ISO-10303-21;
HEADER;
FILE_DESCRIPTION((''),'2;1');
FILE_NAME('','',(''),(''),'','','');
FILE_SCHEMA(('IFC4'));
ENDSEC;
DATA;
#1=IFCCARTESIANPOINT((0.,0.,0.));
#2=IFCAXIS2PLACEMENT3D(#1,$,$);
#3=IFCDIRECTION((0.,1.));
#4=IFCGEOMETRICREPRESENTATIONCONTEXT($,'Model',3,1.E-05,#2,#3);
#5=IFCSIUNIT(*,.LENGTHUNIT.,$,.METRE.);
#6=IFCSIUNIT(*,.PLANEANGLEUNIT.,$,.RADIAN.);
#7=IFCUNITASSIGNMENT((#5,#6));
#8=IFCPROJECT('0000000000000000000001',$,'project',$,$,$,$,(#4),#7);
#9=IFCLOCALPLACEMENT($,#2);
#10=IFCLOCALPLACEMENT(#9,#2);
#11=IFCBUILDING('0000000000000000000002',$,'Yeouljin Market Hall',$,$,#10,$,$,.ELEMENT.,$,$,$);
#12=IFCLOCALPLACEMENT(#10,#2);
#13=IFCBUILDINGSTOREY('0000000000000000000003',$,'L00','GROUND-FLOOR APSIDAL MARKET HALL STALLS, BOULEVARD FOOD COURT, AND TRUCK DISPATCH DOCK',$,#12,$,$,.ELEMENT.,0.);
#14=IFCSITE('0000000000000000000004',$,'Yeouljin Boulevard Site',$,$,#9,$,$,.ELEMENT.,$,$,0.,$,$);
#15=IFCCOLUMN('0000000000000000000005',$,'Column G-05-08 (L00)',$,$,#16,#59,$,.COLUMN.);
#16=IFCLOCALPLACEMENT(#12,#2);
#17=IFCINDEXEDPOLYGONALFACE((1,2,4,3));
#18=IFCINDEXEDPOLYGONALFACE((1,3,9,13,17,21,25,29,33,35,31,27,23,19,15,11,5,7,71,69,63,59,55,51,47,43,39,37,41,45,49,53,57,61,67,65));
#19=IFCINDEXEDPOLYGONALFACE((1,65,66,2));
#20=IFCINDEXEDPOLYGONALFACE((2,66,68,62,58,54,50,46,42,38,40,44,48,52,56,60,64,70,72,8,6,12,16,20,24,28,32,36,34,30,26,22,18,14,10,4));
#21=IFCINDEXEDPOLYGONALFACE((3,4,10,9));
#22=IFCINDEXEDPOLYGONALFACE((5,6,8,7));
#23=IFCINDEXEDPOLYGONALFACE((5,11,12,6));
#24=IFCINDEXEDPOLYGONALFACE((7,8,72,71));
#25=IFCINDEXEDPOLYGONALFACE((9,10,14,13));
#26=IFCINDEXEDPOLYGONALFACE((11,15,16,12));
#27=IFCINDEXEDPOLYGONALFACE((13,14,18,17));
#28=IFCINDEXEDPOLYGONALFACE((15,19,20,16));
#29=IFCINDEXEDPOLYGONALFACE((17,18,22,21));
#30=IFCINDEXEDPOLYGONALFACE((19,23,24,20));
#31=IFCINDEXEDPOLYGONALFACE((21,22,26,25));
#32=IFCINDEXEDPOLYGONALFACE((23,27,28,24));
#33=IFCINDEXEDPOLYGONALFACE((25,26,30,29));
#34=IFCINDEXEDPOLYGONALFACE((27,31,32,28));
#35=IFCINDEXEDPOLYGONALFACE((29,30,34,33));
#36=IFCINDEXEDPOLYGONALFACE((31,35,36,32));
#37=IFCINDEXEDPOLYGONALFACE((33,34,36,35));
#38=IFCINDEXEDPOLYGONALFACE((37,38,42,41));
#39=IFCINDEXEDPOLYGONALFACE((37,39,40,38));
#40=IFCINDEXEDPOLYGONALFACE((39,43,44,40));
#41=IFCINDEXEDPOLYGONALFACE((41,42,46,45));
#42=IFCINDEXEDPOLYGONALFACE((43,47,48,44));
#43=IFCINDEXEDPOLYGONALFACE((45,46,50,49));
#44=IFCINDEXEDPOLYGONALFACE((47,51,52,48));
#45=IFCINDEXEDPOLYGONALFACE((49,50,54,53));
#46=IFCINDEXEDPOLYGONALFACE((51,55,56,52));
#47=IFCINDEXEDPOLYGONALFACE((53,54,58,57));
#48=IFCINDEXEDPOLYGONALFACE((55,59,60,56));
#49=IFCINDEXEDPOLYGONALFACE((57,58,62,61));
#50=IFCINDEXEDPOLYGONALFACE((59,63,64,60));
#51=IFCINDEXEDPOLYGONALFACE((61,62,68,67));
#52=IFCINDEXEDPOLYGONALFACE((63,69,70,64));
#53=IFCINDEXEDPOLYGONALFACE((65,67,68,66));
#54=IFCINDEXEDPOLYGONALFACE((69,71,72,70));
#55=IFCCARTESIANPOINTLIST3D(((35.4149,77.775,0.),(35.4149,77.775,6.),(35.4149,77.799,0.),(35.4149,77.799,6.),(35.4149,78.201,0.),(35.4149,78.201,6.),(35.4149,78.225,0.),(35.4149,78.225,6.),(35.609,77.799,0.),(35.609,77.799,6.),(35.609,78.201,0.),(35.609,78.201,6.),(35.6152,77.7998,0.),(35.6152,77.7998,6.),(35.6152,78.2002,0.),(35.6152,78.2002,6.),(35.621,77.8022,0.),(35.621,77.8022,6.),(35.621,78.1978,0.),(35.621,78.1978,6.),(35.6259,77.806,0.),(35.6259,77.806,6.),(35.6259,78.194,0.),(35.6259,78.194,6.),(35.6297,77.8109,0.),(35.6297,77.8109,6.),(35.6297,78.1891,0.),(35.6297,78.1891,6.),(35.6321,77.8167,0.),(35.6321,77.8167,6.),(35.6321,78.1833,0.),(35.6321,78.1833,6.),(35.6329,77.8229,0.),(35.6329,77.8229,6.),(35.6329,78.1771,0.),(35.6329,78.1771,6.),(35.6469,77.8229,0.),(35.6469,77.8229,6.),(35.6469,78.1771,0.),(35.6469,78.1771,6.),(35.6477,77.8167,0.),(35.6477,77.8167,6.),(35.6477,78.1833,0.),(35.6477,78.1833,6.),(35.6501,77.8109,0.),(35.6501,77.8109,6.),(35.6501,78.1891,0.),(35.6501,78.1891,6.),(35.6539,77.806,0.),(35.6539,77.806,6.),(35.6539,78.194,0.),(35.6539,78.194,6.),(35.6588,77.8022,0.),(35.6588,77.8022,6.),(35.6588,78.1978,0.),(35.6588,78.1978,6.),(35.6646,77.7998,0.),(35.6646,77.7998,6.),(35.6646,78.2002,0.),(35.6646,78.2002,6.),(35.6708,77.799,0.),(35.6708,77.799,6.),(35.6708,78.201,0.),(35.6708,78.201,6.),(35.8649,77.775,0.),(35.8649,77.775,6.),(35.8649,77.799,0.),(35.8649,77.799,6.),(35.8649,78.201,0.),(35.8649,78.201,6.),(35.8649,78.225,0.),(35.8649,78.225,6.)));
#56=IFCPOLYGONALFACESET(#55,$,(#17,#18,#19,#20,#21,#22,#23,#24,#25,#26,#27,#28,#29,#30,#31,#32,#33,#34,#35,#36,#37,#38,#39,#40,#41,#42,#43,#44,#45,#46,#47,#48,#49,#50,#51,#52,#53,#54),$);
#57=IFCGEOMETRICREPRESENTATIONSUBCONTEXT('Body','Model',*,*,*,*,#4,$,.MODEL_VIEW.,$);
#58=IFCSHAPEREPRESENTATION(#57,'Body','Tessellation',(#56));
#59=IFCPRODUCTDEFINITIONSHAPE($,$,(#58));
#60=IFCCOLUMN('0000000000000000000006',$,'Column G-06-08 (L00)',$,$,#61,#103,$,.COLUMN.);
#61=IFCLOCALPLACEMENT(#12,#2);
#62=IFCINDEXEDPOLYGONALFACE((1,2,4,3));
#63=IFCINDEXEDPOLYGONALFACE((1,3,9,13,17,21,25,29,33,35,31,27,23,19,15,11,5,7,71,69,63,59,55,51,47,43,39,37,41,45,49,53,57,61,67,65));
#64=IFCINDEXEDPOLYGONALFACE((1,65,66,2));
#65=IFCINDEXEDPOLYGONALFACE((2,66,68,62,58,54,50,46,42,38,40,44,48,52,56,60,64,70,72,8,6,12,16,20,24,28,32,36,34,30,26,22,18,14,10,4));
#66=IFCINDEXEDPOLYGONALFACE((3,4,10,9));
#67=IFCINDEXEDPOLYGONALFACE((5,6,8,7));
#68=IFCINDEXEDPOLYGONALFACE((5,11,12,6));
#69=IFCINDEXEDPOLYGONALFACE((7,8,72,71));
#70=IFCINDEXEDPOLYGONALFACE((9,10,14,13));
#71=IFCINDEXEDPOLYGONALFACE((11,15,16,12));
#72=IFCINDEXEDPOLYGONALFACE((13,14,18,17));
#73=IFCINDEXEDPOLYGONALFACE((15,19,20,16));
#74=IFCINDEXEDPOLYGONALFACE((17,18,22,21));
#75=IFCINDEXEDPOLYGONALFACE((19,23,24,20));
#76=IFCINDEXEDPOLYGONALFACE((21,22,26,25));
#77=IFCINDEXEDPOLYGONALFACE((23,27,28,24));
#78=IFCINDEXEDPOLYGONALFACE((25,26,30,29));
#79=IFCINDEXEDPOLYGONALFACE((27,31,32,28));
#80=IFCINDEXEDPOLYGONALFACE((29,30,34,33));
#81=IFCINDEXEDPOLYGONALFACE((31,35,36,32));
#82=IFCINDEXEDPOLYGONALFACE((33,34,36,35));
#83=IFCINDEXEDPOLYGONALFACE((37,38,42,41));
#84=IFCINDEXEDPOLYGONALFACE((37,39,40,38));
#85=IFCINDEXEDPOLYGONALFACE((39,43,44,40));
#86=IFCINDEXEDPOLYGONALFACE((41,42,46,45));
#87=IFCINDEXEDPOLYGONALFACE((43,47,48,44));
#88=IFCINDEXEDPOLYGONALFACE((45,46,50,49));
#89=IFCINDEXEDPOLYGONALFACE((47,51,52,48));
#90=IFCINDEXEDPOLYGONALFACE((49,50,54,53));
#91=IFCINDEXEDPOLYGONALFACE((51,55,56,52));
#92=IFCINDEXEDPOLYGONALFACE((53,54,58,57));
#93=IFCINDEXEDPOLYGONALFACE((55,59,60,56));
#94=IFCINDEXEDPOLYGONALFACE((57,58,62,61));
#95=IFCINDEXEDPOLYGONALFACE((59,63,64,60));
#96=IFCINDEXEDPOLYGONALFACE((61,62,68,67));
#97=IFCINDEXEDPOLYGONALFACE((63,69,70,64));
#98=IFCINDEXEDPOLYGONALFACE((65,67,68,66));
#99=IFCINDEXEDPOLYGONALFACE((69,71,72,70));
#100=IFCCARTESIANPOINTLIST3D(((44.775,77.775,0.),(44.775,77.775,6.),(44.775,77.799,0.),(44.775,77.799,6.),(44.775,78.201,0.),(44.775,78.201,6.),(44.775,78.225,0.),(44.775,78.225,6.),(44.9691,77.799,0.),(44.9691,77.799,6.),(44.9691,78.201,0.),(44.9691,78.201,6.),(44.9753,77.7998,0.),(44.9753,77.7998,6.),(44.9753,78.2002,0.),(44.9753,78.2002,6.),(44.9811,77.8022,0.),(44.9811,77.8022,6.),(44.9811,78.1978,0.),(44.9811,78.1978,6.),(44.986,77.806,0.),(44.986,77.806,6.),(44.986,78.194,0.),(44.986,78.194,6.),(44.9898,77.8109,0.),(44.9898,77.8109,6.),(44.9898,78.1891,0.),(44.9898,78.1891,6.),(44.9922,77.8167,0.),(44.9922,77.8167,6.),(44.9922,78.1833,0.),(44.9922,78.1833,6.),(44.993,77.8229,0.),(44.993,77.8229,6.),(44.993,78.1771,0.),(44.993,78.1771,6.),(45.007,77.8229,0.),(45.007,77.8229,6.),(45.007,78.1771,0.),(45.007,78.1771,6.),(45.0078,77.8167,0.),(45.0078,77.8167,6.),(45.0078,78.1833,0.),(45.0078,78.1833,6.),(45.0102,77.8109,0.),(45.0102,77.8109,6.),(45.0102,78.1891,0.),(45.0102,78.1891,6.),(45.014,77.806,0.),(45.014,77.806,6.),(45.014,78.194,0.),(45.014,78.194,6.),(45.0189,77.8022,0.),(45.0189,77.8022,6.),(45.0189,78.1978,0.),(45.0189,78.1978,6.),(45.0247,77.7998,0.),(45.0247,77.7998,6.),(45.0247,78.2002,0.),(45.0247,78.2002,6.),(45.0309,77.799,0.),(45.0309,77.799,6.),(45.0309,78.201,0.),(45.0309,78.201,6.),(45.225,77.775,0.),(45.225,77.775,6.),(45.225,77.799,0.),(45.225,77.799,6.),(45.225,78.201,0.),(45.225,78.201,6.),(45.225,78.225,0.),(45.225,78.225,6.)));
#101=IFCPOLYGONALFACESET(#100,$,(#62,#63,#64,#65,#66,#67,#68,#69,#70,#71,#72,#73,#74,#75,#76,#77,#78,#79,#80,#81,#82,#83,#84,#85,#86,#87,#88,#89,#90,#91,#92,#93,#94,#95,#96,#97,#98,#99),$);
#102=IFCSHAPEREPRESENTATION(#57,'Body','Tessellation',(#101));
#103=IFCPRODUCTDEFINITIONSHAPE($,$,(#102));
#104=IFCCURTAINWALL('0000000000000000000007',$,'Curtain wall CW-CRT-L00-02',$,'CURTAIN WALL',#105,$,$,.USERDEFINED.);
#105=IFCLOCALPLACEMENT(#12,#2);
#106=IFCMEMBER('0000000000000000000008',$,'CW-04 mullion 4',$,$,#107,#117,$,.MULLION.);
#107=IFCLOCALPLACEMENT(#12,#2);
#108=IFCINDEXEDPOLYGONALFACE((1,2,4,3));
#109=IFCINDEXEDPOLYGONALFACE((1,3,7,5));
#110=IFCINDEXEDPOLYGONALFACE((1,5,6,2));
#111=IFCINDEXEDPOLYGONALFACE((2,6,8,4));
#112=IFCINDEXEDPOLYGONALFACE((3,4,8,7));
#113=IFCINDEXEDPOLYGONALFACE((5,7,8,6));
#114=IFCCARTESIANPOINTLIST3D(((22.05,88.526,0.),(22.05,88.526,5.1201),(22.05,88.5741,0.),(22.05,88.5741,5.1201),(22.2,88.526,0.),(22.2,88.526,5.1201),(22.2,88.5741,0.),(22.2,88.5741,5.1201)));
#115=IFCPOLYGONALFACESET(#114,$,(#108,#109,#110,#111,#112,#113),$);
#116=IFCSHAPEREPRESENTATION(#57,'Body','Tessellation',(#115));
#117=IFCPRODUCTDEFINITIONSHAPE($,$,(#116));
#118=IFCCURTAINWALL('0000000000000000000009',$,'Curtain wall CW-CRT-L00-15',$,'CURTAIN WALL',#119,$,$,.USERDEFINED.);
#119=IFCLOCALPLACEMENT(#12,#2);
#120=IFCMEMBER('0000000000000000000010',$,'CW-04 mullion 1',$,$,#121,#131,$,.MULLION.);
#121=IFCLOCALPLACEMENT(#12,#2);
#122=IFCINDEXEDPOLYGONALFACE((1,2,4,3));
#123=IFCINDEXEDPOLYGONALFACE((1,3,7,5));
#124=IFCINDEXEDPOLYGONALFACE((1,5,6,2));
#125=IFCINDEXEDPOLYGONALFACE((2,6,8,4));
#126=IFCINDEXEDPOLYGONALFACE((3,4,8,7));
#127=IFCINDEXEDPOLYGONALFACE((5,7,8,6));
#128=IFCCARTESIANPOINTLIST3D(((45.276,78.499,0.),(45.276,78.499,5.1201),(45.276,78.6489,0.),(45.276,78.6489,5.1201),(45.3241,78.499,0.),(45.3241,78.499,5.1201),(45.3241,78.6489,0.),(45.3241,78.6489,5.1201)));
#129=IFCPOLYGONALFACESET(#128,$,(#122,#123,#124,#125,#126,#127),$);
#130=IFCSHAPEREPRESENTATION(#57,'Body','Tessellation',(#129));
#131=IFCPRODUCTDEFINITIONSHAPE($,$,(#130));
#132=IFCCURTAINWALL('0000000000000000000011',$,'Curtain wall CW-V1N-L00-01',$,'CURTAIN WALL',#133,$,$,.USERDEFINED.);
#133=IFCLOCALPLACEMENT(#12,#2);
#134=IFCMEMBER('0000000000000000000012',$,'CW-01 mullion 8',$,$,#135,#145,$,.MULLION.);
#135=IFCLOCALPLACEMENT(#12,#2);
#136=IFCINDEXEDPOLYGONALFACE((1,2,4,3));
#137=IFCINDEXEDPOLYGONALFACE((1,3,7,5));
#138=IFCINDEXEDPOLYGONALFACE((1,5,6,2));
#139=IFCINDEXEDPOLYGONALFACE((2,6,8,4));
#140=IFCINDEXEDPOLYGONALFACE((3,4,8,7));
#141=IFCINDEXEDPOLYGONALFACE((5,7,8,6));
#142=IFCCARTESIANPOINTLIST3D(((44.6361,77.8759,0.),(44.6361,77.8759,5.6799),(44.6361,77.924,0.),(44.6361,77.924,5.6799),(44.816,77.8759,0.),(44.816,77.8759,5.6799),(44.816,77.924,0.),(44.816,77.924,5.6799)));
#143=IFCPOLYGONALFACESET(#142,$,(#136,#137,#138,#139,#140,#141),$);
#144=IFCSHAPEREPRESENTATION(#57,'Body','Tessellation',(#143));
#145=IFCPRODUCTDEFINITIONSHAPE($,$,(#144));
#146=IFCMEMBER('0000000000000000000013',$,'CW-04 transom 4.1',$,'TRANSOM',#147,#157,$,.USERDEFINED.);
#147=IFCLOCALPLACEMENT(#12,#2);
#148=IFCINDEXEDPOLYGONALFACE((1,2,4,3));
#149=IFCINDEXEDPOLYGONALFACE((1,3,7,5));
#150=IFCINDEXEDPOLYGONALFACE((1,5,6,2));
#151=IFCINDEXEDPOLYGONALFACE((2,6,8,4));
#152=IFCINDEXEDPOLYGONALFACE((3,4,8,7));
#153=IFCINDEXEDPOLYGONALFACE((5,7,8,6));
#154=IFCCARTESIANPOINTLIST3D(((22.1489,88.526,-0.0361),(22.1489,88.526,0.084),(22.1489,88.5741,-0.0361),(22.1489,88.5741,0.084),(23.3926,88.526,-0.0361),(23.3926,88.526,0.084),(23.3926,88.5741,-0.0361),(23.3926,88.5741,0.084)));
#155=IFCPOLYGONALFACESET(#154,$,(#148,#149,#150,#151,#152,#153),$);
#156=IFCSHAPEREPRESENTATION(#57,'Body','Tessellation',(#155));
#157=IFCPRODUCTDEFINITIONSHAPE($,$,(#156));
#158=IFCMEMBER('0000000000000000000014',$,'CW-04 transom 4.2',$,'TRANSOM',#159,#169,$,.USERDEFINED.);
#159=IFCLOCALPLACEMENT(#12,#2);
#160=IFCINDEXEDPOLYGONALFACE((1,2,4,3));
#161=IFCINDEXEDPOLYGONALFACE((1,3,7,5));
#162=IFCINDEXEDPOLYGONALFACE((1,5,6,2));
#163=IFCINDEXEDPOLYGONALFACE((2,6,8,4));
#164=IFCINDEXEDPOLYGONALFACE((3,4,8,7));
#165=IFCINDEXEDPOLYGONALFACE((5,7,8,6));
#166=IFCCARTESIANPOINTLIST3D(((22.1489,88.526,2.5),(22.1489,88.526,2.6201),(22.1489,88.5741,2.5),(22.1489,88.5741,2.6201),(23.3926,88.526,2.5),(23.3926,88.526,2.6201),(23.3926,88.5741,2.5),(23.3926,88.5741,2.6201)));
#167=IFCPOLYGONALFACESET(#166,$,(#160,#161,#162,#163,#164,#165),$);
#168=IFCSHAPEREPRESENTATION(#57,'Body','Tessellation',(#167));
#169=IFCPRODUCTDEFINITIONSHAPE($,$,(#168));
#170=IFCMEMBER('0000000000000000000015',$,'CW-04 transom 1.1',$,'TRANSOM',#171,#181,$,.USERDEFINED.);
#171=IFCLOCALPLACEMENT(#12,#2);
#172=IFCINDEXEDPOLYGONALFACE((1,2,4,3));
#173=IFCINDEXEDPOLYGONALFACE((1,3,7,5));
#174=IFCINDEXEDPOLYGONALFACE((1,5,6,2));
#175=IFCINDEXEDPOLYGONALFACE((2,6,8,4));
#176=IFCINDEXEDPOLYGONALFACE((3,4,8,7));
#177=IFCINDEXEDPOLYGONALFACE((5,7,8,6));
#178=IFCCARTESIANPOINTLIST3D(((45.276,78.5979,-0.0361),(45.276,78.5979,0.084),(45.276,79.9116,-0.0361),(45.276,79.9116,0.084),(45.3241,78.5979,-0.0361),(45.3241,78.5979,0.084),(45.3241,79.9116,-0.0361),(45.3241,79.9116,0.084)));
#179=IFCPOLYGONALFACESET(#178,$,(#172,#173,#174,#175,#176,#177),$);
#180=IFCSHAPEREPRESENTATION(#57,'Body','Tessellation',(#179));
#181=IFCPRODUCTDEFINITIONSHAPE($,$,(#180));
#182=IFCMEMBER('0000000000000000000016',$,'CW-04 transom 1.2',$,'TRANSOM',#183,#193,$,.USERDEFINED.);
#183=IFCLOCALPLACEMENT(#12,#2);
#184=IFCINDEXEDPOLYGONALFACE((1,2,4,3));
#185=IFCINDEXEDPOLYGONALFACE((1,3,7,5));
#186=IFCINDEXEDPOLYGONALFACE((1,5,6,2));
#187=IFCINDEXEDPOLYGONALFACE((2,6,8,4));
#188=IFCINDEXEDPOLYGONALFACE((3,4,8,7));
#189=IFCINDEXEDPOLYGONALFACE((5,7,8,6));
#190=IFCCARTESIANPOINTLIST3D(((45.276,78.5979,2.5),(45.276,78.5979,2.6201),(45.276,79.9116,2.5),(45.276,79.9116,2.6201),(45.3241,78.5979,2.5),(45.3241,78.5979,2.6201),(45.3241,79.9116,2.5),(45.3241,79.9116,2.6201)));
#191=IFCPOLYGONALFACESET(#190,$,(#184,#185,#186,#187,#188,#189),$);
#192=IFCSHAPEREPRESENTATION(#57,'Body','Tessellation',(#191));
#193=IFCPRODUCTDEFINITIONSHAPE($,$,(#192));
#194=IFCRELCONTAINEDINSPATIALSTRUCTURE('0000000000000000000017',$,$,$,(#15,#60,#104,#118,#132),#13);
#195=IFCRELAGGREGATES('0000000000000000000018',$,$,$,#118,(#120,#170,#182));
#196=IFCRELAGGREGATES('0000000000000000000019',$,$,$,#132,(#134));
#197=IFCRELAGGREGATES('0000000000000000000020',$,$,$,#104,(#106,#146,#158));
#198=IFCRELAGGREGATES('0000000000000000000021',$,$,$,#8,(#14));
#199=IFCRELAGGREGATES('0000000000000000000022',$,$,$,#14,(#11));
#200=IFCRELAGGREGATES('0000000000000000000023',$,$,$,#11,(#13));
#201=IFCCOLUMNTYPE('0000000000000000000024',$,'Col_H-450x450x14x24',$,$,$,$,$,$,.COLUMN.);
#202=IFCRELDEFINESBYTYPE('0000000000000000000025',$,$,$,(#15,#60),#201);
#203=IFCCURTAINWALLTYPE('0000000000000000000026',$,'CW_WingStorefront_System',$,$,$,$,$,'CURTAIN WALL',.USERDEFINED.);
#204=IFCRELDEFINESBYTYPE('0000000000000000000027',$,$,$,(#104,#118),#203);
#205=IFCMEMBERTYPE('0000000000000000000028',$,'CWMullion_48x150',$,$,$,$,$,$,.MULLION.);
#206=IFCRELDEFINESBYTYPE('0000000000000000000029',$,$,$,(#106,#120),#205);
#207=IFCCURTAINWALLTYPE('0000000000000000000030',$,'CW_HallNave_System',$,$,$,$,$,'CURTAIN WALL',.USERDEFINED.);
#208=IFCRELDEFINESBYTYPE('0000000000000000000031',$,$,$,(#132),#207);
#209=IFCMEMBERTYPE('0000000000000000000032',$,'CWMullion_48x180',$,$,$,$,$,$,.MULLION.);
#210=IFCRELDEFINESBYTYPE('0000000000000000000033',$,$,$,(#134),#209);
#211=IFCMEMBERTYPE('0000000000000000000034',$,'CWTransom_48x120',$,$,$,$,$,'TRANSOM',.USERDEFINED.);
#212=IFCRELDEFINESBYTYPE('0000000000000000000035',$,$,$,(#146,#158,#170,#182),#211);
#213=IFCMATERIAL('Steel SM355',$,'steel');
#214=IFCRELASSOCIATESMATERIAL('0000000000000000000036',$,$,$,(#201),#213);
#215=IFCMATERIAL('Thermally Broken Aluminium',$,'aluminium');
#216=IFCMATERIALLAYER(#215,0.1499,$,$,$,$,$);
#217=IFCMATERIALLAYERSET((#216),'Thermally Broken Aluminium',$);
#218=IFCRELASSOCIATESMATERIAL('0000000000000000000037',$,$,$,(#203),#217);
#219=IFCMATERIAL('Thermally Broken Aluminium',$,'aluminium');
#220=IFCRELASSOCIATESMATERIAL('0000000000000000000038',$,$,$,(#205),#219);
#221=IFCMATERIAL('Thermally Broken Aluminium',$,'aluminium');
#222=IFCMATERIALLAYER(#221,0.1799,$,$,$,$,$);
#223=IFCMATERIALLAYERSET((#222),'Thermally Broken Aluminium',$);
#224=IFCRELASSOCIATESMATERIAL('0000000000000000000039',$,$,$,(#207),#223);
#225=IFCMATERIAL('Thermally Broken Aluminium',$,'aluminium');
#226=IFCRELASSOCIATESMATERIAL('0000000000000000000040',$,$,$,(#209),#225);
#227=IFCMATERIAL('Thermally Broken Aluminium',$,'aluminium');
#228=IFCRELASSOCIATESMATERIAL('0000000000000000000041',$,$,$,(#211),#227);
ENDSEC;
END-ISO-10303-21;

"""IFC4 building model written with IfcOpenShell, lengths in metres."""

from ifc_helpers import new_model, si_unit, direction, frame, origin, origin_2d, place, context, subcontext, project, spatial, rectangle, i_section, extrude, material, layer, layer_set, material_profile, profile_set, type_object, element, aggregate, save


model = new_model("IFC4")

# Units and contexts
model_context = context("Model", 3, precision=1e-05, world=origin(), true_north=direction((0.0, 1.0)))
body_context = subcontext(model_context, "Body", "Model", "MODEL_VIEW")
ifc_project = project(units=[si_unit("LENGTHUNIT", "METRE"), si_unit("PLANEANGLEUNIT", "RADIAN")], contexts=[model_context])

# Site, building, storey
site_placement = place(None, origin())
site = spatial("IfcSite", under=ifc_project, at=site_placement, Name="Yeouljin Boulevard Site", CompositionType="ELEMENT", RefElevation=0.0)
building_placement = place(site_placement, origin())
building = spatial("IfcBuilding", under=site, at=building_placement, Name="Yeouljin Market Hall", CompositionType="ELEMENT")
storey_placement = place(building_placement, origin())
storey = spatial("IfcBuildingStorey", under=building, at=storey_placement, Name="L00", Description="GROUND-FLOOR APSIDAL MARKET HALL STALLS, BOULEVARD FOOD COURT, AND TRUCK DISPATCH DOCK", CompositionType="ELEMENT", Elevation=0.0)

# Columns
ifc_material_1 = material(Name="Steel SM355", Category="steel")
ifc_material_profile_1 = material_profile(ifc_material_1, i_section(OverallWidth=0.45, OverallDepth=0.45, WebThickness=0.0139, FlangeThickness=0.0239, FilletRadius=0.0239, at=origin_2d()), Name="H-450x450x14x24")
ifc_profile_set_1 = profile_set([ifc_material_profile_1], Name="Steel SM355")
column_type = type_object("IfcColumnType", Name="Col_H-450x450x14x24", PredefinedType="COLUMN", material=ifc_profile_set_1)
for number, where, z_axis, x_axis, name in (
    (1, (35.6399, 78.0, 0.0), (0.0, 0.0, 1.0), (1.0, 0.0, 0.0), "Column G-05-08 (L00)"),
    (2, (45.0, 78.0, 0.0), (0.0, 0.0, 1.0), (1.0, 0.0, 0.0), "Column G-06-08 (L00)"),
):
    element("IfcColumn", number, at=place(storey_placement, frame(where, z_axis=z_axis, x_axis=x_axis)), inside=storey, type_object=column_type, Name=name, PredefinedType="COLUMN", context=body_context, shape_type="SweptSolid", body=[
        extrude(i_section(OverallWidth=0.45, OverallDepth=0.45, WebThickness=0.0139, FlangeThickness=0.0239, FilletRadius=0.0239, at=origin_2d()), origin(), (0.0, 0.0, 1.0), 6.0),
    ])

# Curtain walls, members
ifc_material_2 = material(Name="Thermally Broken Aluminium", Category="aluminium")
ifc_layer_1 = layer(ifc_material_2, 0.1499)
ifc_layer_set_1 = layer_set([ifc_layer_1], Name="Thermally Broken Aluminium")
curtain_wall_type_1 = type_object("IfcCurtainWallType", Name="CW_WingStorefront_System", ElementType="CURTAIN WALL", PredefinedType="USERDEFINED", material=ifc_layer_set_1)
curtain_wall_1_placement = place(storey_placement, origin())
curtain_wall_1 = element("IfcCurtainWall", 3, at=curtain_wall_1_placement, inside=storey, type_object=curtain_wall_type_1, Name="Curtain wall CW-CRT-L00-02", ObjectType="CURTAIN WALL", PredefinedType="USERDEFINED")
ifc_material_3 = material(Name="Thermally Broken Aluminium", Category="aluminium")
ifc_material_profile_2 = material_profile(ifc_material_3, rectangle(XDim=0.0481, YDim=0.1499, at=origin_2d()), Name="CW-MULL-48x150")
ifc_profile_set_2 = profile_set([ifc_material_profile_2], Name="Thermally Broken Aluminium")
member_type_1 = type_object("IfcMemberType", Name="CWMullion_48x150", PredefinedType="MULLION", material=ifc_profile_set_2)
member_1_placement = place(storey_placement, frame((22.125, 88.55, 0.0), z_axis=(0.0, 0.0, 1.0), x_axis=(0.0, 1.0, 0.0)))
member_1 = element("IfcMember", 4, at=member_1_placement, type_object=member_type_1, Name="CW-04 mullion 4", PredefinedType="MULLION", context=body_context, shape_type="SweptSolid", body=[
    extrude(rectangle(XDim=0.0481, YDim=0.1499, at=origin_2d()), origin(), (0.0, 0.0, 1.0), 5.1201),
])
curtain_wall_2_placement = place(storey_placement, origin())
curtain_wall_2 = element("IfcCurtainWall", 5, at=curtain_wall_2_placement, inside=storey, type_object=curtain_wall_type_1, Name="Curtain wall CW-CRT-L00-15", ObjectType="CURTAIN WALL", PredefinedType="USERDEFINED")
member_2_placement = place(storey_placement, frame((45.3, 78.574, 0.0), z_axis=(0.0, 0.0, 1.0), x_axis=(-1.0, 0.0, 0.0)))
member_2 = element("IfcMember", 6, at=member_2_placement, type_object=member_type_1, Name="CW-04 mullion 1", PredefinedType="MULLION", context=body_context, shape_type="SweptSolid", body=[
    extrude(rectangle(XDim=0.0481, YDim=0.1499, at=origin_2d()), origin(), (0.0, 0.0, 1.0), 5.1201),
])
ifc_material_4 = material(Name="Thermally Broken Aluminium", Category="aluminium")
ifc_layer_2 = layer(ifc_material_4, 0.1799)
ifc_layer_set_2 = layer_set([ifc_layer_2], Name="Thermally Broken Aluminium")
curtain_wall_type_2 = type_object("IfcCurtainWallType", Name="CW_HallNave_System", ElementType="CURTAIN WALL", PredefinedType="USERDEFINED", material=ifc_layer_set_2)
curtain_wall_3_placement = place(storey_placement, origin())
curtain_wall_3 = element("IfcCurtainWall", 7, at=curtain_wall_3_placement, inside=storey, type_object=curtain_wall_type_2, Name="Curtain wall CW-V1N-L00-01", ObjectType="CURTAIN WALL", PredefinedType="USERDEFINED")
ifc_material_5 = material(Name="Thermally Broken Aluminium", Category="aluminium")
ifc_material_profile_3 = material_profile(ifc_material_5, rectangle(XDim=0.0481, YDim=0.1799, at=origin_2d()), Name="CW-MULL-48x180")
ifc_profile_set_3 = profile_set([ifc_material_profile_3], Name="Thermally Broken Aluminium")
member_type_2 = type_object("IfcMemberType", Name="CWMullion_48x180", PredefinedType="MULLION", material=ifc_profile_set_3)
member_3_placement = place(storey_placement, frame((44.7261, 77.8999, 0.0), z_axis=(0.0, 0.0, 1.0), x_axis=(0.0, 1.0, 0.0)))
member_3 = element("IfcMember", 8, at=member_3_placement, type_object=member_type_2, Name="CW-01 mullion 8", PredefinedType="MULLION", context=body_context, shape_type="SweptSolid", body=[
    extrude(rectangle(XDim=0.0481, YDim=0.1799, at=origin_2d()), origin(), (0.0, 0.0, 1.0), 5.6799),
])

# Members
ifc_material_6 = material(Name="Thermally Broken Aluminium", Category="aluminium")
ifc_material_profile_4 = material_profile(ifc_material_6, rectangle(XDim=0.0481, YDim=0.1201, at=origin_2d()), Name="CW-TRAN-48x120")
ifc_profile_set_4 = profile_set([ifc_material_profile_4], Name="Thermally Broken Aluminium")
member_type_3 = type_object("IfcMemberType", Name="CWTransom_48x120", ElementType="TRANSOM", PredefinedType="USERDEFINED", material=ifc_profile_set_4)
member_4_placement = place(storey_placement, frame((22.1489, 88.55, 0.0239), z_axis=(1.0, 0.0, 0.0), x_axis=(0.0, 1.0, 0.0)))
member_4 = element("IfcMember", 9, at=member_4_placement, type_object=member_type_3, Name="CW-04 transom 4.1", ObjectType="TRANSOM", PredefinedType="USERDEFINED", context=body_context, shape_type="SweptSolid", body=[
    extrude(rectangle(XDim=0.0481, YDim=0.1201, at=origin_2d()), origin(), (0.0, 0.0, 1.0), 1.2437),
])
member_5_placement = place(storey_placement, frame((22.1489, 88.55, 2.5601), z_axis=(1.0, 0.0, 0.0), x_axis=(0.0, 1.0, 0.0)))
member_5 = element("IfcMember", 10, at=member_5_placement, type_object=member_type_3, Name="CW-04 transom 4.2", ObjectType="TRANSOM", PredefinedType="USERDEFINED", context=body_context, shape_type="SweptSolid", body=[
    extrude(rectangle(XDim=0.0481, YDim=0.1201, at=origin_2d()), origin(), (0.0, 0.0, 1.0), 1.2437),
])
member_6_placement = place(storey_placement, frame((45.3, 78.5979, 0.0239), z_axis=(0.0, 1.0, 0.0), x_axis=(-1.0, 0.0, 0.0)))
member_6 = element("IfcMember", 11, at=member_6_placement, type_object=member_type_3, Name="CW-04 transom 1.1", ObjectType="TRANSOM", PredefinedType="USERDEFINED", context=body_context, shape_type="SweptSolid", body=[
    extrude(rectangle(XDim=0.0481, YDim=0.1201, at=origin_2d()), origin(), (0.0, 0.0, 1.0), 1.3137),
])
member_7_placement = place(storey_placement, frame((45.3, 78.5979, 2.5601), z_axis=(0.0, 1.0, 0.0), x_axis=(-1.0, 0.0, 0.0)))
member_7 = element("IfcMember", 12, at=member_7_placement, type_object=member_type_3, Name="CW-04 transom 1.2", ObjectType="TRANSOM", PredefinedType="USERDEFINED", context=body_context, shape_type="SweptSolid", body=[
    extrude(rectangle(XDim=0.0481, YDim=0.1201, at=origin_2d()), origin(), (0.0, 0.0, 1.0), 1.3137),
])
aggregate(curtain_wall_2, [member_2, member_6, member_7])

aggregate(curtain_wall_3, [member_3])
aggregate(curtain_wall_1, [member_1, member_4, member_5])

save(model, "model.ifc")
